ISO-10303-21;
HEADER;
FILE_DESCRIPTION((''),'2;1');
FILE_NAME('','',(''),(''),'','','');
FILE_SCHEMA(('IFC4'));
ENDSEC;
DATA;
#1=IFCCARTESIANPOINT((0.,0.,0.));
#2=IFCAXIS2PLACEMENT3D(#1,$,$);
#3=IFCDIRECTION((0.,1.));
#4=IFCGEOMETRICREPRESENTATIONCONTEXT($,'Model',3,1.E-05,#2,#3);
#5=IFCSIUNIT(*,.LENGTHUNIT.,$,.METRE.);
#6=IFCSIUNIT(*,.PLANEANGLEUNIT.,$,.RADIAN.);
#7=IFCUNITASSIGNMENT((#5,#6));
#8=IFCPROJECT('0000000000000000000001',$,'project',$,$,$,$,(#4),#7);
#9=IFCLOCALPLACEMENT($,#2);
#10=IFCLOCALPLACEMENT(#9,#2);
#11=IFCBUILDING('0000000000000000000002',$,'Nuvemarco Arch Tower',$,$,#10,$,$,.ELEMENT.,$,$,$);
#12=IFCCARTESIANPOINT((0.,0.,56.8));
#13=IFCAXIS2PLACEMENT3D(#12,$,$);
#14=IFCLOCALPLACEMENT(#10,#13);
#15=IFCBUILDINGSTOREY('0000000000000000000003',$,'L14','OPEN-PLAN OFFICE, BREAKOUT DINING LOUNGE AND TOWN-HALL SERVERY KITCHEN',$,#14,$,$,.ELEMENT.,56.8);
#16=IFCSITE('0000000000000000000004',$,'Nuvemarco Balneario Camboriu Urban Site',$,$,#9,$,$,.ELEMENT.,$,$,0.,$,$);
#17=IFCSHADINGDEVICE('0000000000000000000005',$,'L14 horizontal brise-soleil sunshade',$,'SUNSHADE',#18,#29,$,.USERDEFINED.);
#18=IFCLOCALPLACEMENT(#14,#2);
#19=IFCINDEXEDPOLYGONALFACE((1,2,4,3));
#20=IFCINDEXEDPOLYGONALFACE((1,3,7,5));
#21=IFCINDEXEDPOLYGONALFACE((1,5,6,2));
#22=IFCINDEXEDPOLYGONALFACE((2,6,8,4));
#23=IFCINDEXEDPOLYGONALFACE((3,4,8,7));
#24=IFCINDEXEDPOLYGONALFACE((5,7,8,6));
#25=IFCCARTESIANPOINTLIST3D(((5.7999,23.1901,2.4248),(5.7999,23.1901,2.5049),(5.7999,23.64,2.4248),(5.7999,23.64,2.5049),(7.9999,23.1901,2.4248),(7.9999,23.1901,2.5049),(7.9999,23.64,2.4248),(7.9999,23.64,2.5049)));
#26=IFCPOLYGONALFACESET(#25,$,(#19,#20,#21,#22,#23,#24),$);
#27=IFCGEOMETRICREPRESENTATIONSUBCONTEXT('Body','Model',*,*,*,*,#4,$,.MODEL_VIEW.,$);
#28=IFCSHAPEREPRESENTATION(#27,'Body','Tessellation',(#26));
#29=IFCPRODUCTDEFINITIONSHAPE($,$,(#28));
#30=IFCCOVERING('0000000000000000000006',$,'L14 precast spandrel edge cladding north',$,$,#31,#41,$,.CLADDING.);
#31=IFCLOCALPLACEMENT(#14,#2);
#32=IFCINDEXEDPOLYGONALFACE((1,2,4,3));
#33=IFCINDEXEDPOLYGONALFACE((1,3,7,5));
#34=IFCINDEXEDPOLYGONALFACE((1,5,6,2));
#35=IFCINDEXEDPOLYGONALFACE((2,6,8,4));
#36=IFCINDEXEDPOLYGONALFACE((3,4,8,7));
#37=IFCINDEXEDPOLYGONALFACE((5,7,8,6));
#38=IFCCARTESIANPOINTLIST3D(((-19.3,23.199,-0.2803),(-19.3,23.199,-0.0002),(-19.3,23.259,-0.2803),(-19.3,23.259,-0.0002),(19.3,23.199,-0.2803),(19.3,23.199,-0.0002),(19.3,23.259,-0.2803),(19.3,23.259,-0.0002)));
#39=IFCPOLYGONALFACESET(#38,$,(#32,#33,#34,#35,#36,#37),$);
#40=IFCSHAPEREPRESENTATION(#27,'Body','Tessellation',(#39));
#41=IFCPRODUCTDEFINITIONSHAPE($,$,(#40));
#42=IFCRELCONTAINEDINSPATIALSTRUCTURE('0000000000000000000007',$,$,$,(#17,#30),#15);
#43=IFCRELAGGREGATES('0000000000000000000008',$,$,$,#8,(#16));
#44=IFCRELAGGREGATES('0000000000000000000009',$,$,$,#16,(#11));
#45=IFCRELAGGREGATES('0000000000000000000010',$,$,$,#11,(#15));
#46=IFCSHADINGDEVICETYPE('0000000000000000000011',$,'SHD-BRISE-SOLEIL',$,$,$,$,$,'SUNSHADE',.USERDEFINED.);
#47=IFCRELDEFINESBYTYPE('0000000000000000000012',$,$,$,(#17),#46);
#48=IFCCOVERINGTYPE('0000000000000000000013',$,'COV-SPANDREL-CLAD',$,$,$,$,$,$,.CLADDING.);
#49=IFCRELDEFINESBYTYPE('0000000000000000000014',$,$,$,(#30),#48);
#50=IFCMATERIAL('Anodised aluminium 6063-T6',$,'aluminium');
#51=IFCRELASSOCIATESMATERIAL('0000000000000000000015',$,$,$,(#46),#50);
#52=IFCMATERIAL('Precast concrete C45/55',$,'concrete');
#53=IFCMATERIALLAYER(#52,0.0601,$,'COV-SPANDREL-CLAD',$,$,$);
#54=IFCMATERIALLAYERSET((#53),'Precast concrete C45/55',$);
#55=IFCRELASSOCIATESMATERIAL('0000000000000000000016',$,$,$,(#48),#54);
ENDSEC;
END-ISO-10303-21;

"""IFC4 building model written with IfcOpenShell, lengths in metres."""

from ifc_helpers import new_model, si_unit, direction, frame, origin, origin_2d, place, context, subcontext, project, spatial, rectangle, extrude, source, transform, mapped, material, layer, layer_set, type_object, type_shapes, element, save


model = new_model("IFC4")

# Units and contexts
model_context = context("Model", 3, precision=1e-05, world=origin(), true_north=direction((0.0, 1.0)))
body_context = subcontext(model_context, "Body", "Model", "MODEL_VIEW")
ifc_project = project(units=[si_unit("LENGTHUNIT", "METRE"), si_unit("PLANEANGLEUNIT", "RADIAN")], contexts=[model_context])

# Site, building, storey
site_placement = place(None, origin())
site = spatial("IfcSite", under=ifc_project, at=site_placement, Name="Nuvemarco Balneario Camboriu Urban Site", CompositionType="ELEMENT", RefElevation=0.0)
building_placement = place(site_placement, origin())
building = spatial("IfcBuilding", under=site, at=building_placement, Name="Nuvemarco Arch Tower", CompositionType="ELEMENT")
storey_placement = place(building_placement, frame((0.0, 0.0, 56.8)))
storey = spatial("IfcBuildingStorey", under=building, at=storey_placement, Name="L14", Description="OPEN-PLAN OFFICE, BREAKOUT DINING LOUNGE AND TOWN-HALL SERVERY KITCHEN", CompositionType="ELEMENT", Elevation=56.8)

# Shared definitions
ifc_material_1 = material(Name="Precast concrete C45/55", Category="concrete")

# Shading device
ifc_material_2 = material(Name="Anodised aluminium 6063-T6", Category="aluminium")
shading_device_type = type_object("IfcShadingDeviceType", Name="SHD-BRISE-SOLEIL", ElementType="SUNSHADE", PredefinedType="USERDEFINED", material=ifc_material_2)
shared_shape_1 = source(origin(), body_context, "Body", "SweptSolid", [
    extrude(rectangle(XDim=2.2, YDim=0.45, at=origin_2d()), origin(), (0.0, 0.0, 1.0), 0.0801),
])
type_shapes(shading_device_type, [shared_shape_1])
for number, where, z_axis, x_axis, name in (
    (1, (6.8999, 23.415, 2.4248), (0.0, 0.0, 1.0), (1.0, 0.0, 0.0), "L14 horizontal brise-soleil sunshade"),
):
    element("IfcShadingDevice", number, at=place(storey_placement, frame(where, z_axis=z_axis, x_axis=x_axis)), inside=storey, type_object=shading_device_type, Name=name, ObjectType="SUNSHADE", PredefinedType="USERDEFINED", context=body_context, shape_type="MappedRepresentation", body=[
        mapped(shared_shape_1, transform((0.0, 0.0, 0.0), scale=1.0)),
    ])

# Covering
ifc_layer_1 = layer(ifc_material_1, 0.0601, Name="COV-SPANDREL-CLAD")
ifc_layer_set_1 = layer_set([ifc_layer_1], Name="Precast concrete C45/55")
covering_type = type_object("IfcCoveringType", Name="COV-SPANDREL-CLAD", PredefinedType="CLADDING", material=ifc_layer_set_1)
shared_shape_2 = source(origin(), body_context, "Body", "SweptSolid", [
    extrude(rectangle(XDim=38.6001, YDim=0.0601, at=origin_2d()), origin(), (0.0, 0.0, 1.0), 0.28),
])
type_shapes(covering_type, [shared_shape_2])
covering_placement = place(storey_placement, frame((0.0, 23.229, -0.2803), z_axis=(0.0, 0.0, 1.0), x_axis=(1.0, 0.0, 0.0)))
element("IfcCovering", 2, at=covering_placement, inside=storey, type_object=covering_type, Name="L14 precast spandrel edge cladding north", PredefinedType="CLADDING", context=body_context, shape_type="MappedRepresentation", body=[
    mapped(shared_shape_2, transform((0.0, 0.0, 0.0), scale=1.0)),
])

save(model, "model.ifc")
